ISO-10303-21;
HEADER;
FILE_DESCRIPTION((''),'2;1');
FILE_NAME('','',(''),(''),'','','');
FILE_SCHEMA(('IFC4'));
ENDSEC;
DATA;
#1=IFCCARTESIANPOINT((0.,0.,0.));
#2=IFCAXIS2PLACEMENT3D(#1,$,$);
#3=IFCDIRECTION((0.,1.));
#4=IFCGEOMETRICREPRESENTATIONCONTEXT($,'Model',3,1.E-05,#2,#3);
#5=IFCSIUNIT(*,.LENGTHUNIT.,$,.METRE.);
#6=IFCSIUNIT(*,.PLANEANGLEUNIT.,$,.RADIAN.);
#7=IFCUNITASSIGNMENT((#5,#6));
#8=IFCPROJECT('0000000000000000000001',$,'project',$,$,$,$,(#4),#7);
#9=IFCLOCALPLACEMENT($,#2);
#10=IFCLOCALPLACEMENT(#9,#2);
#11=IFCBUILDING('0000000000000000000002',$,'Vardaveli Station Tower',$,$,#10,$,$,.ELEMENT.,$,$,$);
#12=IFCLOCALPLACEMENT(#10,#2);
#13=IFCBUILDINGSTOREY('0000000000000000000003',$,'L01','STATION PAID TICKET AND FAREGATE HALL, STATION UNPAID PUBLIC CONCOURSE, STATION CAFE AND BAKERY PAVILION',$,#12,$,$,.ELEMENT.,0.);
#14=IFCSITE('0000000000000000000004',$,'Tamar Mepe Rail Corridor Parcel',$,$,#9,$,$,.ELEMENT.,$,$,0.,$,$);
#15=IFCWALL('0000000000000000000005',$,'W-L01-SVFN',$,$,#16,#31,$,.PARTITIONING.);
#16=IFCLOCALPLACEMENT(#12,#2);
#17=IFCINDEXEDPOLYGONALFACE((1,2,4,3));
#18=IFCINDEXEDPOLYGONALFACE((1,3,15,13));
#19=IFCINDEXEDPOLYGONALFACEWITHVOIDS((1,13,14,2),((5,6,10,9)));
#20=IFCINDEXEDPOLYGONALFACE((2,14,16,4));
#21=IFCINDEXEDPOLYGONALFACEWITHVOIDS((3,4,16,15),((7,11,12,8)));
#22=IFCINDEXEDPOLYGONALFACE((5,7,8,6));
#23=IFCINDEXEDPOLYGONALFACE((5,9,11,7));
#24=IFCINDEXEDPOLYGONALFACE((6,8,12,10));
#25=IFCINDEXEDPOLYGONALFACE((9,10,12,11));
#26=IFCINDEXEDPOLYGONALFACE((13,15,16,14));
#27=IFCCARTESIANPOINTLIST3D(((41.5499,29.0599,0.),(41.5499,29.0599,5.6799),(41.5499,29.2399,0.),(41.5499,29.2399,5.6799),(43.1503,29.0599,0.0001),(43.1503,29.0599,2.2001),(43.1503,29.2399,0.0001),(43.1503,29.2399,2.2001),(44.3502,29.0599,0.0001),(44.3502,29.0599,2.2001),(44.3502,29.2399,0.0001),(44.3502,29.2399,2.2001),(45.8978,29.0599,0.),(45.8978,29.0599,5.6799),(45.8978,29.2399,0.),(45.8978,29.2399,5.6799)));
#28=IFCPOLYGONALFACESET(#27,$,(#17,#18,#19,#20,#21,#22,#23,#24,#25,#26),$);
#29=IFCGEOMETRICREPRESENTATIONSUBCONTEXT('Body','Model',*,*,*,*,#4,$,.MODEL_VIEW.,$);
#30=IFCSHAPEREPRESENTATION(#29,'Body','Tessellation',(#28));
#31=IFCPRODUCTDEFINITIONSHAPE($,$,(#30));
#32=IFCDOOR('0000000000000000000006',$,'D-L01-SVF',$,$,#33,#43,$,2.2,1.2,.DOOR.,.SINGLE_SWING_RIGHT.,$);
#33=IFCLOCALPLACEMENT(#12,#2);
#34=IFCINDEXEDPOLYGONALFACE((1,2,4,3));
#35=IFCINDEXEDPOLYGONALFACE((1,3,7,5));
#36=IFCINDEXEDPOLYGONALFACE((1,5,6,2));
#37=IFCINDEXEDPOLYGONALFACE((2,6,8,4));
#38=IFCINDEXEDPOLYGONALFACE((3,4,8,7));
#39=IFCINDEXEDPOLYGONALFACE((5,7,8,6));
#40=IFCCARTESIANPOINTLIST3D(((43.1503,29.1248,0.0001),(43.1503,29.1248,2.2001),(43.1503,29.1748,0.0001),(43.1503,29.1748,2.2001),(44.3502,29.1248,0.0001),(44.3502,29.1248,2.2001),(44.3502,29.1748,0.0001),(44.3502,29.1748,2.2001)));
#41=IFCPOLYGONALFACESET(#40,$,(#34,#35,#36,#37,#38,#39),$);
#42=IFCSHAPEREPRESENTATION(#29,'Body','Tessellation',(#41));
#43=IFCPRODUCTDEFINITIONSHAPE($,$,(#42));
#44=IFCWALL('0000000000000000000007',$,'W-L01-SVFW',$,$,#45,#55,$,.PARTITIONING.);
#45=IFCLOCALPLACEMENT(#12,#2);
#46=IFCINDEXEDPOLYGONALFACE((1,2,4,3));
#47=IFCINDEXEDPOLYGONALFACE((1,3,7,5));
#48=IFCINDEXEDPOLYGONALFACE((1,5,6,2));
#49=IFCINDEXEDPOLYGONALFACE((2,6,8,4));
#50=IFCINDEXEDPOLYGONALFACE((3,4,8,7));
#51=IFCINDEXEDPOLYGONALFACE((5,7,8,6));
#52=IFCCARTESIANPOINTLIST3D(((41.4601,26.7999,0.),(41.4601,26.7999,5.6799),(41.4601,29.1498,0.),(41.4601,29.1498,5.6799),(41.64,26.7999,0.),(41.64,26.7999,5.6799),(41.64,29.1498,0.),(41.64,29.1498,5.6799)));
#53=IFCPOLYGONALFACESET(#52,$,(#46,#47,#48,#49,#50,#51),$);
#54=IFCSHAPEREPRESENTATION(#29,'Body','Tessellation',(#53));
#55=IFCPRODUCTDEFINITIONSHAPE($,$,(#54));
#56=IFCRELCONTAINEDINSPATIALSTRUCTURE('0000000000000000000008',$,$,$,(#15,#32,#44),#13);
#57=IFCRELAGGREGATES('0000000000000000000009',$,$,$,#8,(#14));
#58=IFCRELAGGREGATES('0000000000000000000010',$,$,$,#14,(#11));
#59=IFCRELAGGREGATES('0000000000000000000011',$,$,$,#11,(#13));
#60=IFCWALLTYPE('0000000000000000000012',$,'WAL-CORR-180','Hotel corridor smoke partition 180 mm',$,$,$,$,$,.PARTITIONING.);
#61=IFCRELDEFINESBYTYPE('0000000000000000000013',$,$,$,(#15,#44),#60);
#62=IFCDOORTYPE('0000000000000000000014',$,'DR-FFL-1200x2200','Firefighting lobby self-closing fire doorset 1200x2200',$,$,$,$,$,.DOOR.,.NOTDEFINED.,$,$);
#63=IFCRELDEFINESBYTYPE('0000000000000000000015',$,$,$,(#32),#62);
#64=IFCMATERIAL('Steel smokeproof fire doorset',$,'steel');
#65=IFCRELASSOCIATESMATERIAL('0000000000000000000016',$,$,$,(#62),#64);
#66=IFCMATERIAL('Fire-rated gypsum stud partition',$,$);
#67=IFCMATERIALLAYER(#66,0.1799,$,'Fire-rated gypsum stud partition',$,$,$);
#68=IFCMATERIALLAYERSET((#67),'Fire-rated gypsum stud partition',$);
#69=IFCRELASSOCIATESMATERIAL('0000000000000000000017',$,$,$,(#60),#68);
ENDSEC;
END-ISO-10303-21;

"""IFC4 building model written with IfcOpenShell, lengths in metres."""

from ifc_helpers import new_model, si_unit, direction, frame, frame_2d, origin, place, context, subcontext, project, spatial, rectangle, extrude, source, transform, mapped, material, layer, layer_set, type_object, element, fill, save


model = new_model("IFC4")

# Units and contexts
model_context = context("Model", 3, precision=1e-05, world=origin(), true_north=direction((0.0, 1.0)))
body_context = subcontext(model_context, "Body", "Model", "MODEL_VIEW")
ifc_project = project(units=[si_unit("LENGTHUNIT", "METRE"), si_unit("PLANEANGLEUNIT", "RADIAN")], contexts=[model_context])

# Site, building, storey
site_placement = place(None, origin())
site = spatial("IfcSite", under=ifc_project, at=site_placement, Name="Tamar Mepe Rail Corridor Parcel", CompositionType="ELEMENT", RefElevation=0.0)
building_placement = place(site_placement, origin())
building = spatial("IfcBuilding", under=site, at=building_placement, Name="Vardaveli Station Tower", CompositionType="ELEMENT")
storey_placement = place(building_placement, origin())
storey = spatial("IfcBuildingStorey", under=building, at=storey_placement, Name="L01", Description="STATION PAID TICKET AND FAREGATE HALL, STATION UNPAID PUBLIC CONCOURSE, STATION CAFE AND BAKERY PAVILION", CompositionType="ELEMENT", Elevation=0.0)

# Shared definitions
ifc_material_1 = material(Name="Steel smokeproof fire doorset", Category="steel")
door_type_1 = type_object("IfcDoorType", Name="DR-FFL-1200x2200", Description="Firefighting lobby self-closing fire doorset 1200x2200", OperationType="NOTDEFINED", PredefinedType="DOOR", material=ifc_material_1)
shared_shape_1 = source(origin(), body_context, "Body", "SweptSolid", [
    extrude(rectangle(XDim=1.2, YDim=2.2, at=frame_2d((0.6001, 1.1001))), frame((0.0, 0.0249, 0.0), z_axis=(0.0, -1.0, 0.0), x_axis=(1.0, 0.0, 0.0)), (0.0, 0.0, 1.0), 0.05),
])

# Wall, opening, door
ifc_material_2 = material(Name="Fire-rated gypsum stud partition")
ifc_layer_1 = layer(ifc_material_2, 0.1799, Name="Fire-rated gypsum stud partition")
ifc_layer_set_1 = layer_set([ifc_layer_1], Name="Fire-rated gypsum stud partition")
wall_type_1 = type_object("IfcWallType", Name="WAL-CORR-180", Description="Hotel corridor smoke partition 180 mm", PredefinedType="PARTITIONING", material=ifc_layer_set_1)
shared_shape_2 = source(origin(), body_context, "Body", "SweptSolid", [
    extrude(rectangle(XDim=4.3479, YDim=0.1799, at=frame_2d((2.1738, 0.0))), origin(), (0.0, 0.0, 1.0), 5.6799),
])
wall_1_placement = place(storey_placement, frame((41.55, 29.1499, 0.0), z_axis=(0.0, 0.0, 1.0), x_axis=(1.0, 0.0, 0.0)))
wall_1 = element("IfcWall", 1, at=wall_1_placement, inside=storey, type_object=wall_type_1, Name="W-L01-SVFN", PredefinedType="PARTITIONING", context=body_context, shape_type="MappedRepresentation", body=[
    mapped(shared_shape_2, transform((0.0, 0.0, 0.0), scale=1.0)),
])
shared_shape_3 = source(origin(), body_context, "Body", "SweptSolid", [
    extrude(rectangle(XDim=1.2, YDim=2.2, at=frame_2d((0.6001, 1.1001))), frame((0.0, 0.1001, 0.0), z_axis=(0.0, -1.0, 0.0), x_axis=(1.0, 0.0, 0.0)), (0.0, 0.0, 1.0), 0.2),
])
opening_1_placement = place(wall_1_placement, frame((1.6001, 0.0, 0.0)))
opening_1 = element("IfcOpeningElement", 2, at=opening_1_placement, cuts=wall_1, PredefinedType="OPENING", context=body_context, shape_type="MappedRepresentation", body=[
    mapped(shared_shape_3, transform((0.0, 0.0, 0.0), scale=1.0)),
])
door_1_placement = place(opening_1_placement, origin())
door_1 = element("IfcDoor", 3, at=door_1_placement, inside=storey, type_object=door_type_1, Name="D-L01-SVF", OperationType="SINGLE_SWING_RIGHT", OverallHeight=2.2, OverallWidth=1.2, PredefinedType="DOOR", context=body_context, shape_type="MappedRepresentation", body=[
    mapped(shared_shape_1, transform((0.0, 0.0, 0.0), scale=1.0)),
])
fill(opening_1, door_1)

# Wall
shared_shape_4 = source(origin(), body_context, "Body", "SweptSolid", [
    extrude(rectangle(XDim=2.3499, YDim=0.1799, at=frame_2d((1.1748, 0.0))), origin(), (0.0, 0.0, 1.0), 5.6799),
])
wall_2_placement = place(storey_placement, frame((41.55, 26.8, 0.0), z_axis=(0.0, 0.0, 1.0), x_axis=(0.0, 1.0, 0.0)))
element("IfcWall", 4, at=wall_2_placement, inside=storey, type_object=wall_type_1, Name="W-L01-SVFW", PredefinedType="PARTITIONING", context=body_context, shape_type="MappedRepresentation", body=[
    mapped(shared_shape_4, transform((0.0, 0.0, 0.0), scale=1.0)),
])

save(model, "model.ifc")
